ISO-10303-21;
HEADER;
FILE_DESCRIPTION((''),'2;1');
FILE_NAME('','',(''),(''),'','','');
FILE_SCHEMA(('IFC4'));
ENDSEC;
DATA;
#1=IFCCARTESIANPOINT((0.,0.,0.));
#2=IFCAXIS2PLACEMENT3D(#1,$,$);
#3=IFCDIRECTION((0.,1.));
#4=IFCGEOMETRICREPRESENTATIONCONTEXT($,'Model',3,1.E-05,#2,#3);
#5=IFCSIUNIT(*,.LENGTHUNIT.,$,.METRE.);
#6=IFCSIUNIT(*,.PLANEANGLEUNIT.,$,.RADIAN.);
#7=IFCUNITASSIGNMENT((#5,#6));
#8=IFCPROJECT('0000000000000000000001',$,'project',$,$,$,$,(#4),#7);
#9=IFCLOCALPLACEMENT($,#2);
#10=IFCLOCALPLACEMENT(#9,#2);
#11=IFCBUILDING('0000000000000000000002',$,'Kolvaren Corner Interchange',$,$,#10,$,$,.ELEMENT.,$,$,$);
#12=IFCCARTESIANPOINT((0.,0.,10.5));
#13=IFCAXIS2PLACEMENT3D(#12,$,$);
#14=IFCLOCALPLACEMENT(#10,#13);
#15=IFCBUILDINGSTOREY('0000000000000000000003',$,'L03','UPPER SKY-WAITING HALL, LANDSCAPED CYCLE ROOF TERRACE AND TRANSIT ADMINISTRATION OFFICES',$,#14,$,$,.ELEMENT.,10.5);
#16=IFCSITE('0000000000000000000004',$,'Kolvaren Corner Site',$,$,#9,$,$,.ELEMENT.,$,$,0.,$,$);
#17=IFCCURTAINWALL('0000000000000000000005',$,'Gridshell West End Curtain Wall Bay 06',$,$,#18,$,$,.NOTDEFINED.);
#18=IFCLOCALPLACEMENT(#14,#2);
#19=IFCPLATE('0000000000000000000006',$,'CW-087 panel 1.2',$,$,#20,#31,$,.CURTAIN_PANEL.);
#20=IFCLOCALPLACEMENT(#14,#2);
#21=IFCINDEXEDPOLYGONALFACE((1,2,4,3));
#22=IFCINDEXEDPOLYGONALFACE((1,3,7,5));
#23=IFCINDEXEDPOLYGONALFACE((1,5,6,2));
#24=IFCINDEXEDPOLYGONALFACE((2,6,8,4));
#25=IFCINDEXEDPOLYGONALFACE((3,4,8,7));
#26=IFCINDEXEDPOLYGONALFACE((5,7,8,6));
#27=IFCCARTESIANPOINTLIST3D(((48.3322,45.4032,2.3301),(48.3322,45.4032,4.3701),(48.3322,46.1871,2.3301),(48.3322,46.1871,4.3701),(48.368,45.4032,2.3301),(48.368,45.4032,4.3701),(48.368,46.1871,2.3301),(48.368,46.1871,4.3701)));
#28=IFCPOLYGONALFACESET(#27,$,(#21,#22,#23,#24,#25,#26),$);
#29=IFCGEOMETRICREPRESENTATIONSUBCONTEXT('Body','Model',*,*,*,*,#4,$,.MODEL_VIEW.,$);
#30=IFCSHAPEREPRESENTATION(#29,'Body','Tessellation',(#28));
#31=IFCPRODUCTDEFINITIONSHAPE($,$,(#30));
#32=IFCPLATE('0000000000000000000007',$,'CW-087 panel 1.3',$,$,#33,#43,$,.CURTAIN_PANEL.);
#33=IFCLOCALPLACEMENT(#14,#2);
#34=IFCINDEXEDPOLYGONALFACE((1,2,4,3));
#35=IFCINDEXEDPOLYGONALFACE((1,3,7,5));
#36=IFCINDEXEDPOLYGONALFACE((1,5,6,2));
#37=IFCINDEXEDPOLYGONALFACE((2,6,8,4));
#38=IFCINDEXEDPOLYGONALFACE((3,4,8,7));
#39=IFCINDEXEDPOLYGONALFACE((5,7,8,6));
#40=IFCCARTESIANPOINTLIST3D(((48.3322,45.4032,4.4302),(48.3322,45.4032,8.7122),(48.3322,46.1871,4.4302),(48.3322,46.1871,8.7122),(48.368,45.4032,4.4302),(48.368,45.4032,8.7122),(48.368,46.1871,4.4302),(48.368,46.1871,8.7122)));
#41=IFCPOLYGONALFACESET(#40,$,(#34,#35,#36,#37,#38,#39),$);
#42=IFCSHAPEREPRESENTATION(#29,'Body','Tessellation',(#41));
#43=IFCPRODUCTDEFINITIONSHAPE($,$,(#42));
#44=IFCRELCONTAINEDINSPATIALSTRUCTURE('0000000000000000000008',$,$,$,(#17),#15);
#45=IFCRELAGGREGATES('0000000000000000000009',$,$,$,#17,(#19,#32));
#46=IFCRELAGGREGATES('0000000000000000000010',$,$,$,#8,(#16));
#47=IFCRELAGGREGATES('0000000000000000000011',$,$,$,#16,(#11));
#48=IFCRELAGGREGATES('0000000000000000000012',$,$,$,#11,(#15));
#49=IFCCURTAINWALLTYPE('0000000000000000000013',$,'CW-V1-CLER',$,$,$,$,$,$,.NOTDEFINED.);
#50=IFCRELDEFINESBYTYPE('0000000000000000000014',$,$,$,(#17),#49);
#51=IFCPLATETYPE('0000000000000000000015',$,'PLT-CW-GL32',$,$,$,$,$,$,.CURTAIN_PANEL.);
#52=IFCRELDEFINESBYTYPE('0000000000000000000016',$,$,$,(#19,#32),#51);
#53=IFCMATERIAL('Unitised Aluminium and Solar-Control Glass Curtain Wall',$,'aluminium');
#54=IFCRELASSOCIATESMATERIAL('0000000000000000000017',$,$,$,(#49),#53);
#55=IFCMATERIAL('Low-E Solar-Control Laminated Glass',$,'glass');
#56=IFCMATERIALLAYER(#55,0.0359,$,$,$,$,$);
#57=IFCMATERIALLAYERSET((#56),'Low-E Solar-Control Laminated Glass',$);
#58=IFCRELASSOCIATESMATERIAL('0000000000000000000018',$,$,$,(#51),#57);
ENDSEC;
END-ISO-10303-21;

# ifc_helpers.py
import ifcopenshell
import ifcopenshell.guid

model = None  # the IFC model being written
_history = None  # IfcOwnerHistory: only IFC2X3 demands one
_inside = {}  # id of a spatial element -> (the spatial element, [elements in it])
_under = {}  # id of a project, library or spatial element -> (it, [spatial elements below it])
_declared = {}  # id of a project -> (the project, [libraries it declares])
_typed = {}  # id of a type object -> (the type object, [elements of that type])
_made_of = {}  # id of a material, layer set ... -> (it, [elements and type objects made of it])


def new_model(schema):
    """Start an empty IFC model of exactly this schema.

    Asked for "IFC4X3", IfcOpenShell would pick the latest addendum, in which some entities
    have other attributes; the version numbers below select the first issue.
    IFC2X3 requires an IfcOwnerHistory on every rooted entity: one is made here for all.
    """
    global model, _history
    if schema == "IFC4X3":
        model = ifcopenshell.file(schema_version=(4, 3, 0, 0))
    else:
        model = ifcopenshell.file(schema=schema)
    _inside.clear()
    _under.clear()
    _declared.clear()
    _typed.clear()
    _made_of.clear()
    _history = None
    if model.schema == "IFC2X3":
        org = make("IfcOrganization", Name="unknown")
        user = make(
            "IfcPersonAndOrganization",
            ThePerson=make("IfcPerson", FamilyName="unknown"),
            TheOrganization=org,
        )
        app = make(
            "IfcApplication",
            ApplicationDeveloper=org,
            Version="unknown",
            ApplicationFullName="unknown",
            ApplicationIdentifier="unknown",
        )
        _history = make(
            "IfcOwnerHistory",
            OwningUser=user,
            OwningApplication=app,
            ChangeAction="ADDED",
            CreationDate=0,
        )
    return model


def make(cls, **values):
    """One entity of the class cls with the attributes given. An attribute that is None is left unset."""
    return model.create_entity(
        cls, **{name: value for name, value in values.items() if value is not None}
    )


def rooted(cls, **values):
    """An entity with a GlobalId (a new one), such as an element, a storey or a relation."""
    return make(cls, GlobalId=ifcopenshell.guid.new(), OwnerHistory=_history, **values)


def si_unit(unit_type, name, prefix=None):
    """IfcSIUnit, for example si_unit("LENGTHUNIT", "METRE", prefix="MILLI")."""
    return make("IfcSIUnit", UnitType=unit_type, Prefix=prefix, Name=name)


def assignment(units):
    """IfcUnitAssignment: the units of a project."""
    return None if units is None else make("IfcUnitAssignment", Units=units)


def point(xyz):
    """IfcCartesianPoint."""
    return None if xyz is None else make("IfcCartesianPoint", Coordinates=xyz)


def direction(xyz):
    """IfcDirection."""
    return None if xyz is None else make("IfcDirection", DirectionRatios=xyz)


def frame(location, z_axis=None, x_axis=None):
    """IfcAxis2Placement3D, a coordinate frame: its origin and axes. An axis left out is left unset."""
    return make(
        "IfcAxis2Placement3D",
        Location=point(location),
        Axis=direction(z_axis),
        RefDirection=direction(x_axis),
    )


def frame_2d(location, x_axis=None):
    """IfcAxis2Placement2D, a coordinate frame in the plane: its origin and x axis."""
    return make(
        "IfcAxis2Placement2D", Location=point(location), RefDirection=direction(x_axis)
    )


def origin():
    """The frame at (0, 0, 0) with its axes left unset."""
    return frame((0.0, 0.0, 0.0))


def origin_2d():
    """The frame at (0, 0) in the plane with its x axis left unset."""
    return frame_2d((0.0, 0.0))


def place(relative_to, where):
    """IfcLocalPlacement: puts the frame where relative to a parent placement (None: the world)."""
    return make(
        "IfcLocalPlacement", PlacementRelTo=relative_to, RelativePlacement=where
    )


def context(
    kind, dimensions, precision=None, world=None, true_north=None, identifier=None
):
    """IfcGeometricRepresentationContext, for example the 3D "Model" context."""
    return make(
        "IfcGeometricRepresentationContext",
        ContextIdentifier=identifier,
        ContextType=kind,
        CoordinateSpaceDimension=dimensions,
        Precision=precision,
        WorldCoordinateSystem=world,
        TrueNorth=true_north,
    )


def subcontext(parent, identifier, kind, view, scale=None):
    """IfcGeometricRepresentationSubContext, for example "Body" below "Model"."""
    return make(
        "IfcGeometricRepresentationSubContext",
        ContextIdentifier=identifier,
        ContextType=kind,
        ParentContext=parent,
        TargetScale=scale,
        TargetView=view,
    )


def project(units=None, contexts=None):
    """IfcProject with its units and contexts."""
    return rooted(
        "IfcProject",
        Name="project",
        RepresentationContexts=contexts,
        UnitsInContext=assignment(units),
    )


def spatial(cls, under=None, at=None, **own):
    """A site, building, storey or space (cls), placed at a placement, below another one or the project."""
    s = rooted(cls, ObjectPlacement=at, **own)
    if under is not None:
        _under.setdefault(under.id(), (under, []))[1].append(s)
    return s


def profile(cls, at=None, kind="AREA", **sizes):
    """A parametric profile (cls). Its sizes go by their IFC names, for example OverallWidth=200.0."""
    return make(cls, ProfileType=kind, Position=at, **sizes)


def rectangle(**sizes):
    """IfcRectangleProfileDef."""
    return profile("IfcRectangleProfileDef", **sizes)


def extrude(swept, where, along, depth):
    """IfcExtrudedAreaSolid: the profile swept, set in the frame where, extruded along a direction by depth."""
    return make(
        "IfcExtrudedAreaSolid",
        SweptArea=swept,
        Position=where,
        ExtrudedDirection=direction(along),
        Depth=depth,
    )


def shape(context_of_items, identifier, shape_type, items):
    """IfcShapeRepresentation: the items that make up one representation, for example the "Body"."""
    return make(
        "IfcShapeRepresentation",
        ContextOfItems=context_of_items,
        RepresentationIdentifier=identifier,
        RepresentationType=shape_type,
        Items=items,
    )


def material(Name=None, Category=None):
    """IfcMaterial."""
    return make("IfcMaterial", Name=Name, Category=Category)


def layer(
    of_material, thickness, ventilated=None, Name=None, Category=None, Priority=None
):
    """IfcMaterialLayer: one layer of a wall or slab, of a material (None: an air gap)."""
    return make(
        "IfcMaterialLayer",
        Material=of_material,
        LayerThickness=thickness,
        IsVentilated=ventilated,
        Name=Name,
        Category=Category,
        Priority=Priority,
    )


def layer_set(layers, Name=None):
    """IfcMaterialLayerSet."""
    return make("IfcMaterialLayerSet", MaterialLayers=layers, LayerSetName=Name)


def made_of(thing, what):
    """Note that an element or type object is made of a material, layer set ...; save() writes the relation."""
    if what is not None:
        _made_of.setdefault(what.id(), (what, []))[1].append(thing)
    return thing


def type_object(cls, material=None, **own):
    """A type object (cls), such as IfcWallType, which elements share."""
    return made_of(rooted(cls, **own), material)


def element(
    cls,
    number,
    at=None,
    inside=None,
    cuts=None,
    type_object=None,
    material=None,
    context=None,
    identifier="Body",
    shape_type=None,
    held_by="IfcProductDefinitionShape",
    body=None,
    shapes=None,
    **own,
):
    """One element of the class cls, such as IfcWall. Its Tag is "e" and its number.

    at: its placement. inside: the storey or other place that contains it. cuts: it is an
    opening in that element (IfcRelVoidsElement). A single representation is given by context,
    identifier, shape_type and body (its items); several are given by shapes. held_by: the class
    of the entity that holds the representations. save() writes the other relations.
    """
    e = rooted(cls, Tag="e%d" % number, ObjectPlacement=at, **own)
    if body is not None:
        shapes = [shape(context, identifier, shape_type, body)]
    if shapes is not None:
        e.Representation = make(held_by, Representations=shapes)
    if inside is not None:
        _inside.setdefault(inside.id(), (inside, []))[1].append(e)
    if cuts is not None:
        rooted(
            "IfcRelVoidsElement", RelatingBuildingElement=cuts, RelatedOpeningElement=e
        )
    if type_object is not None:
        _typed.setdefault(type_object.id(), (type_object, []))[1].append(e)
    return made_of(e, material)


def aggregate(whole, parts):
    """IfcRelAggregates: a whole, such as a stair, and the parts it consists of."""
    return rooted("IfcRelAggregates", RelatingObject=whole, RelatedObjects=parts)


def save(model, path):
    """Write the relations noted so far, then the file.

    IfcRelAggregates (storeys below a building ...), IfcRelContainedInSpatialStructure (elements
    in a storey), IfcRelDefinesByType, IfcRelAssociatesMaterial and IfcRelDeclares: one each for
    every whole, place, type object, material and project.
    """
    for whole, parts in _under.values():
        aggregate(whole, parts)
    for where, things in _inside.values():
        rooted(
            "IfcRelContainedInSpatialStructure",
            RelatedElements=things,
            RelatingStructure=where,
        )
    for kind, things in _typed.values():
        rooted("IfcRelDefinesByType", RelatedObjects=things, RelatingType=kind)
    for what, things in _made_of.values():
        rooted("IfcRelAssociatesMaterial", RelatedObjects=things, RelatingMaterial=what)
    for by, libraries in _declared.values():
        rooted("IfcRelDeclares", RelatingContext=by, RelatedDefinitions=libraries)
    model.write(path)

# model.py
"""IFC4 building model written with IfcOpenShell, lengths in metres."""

from ifc_helpers import new_model, si_unit, direction, frame, origin, origin_2d, place, context, subcontext, project, spatial, rectangle, extrude, material, layer, layer_set, type_object, element, aggregate, save


model = new_model("IFC4")

# Units and contexts
model_context = context("Model", 3, precision=1e-05, world=origin(), true_north=direction((0.0, 1.0)))
body_context = subcontext(model_context, "Body", "Model", "MODEL_VIEW")
ifc_project = project(units=[si_unit("LENGTHUNIT", "METRE"), si_unit("PLANEANGLEUNIT", "RADIAN")], contexts=[model_context])

# Site, building, storey
site_placement = place(None, origin())
site = spatial("IfcSite", under=ifc_project, at=site_placement, Name="Kolvaren Corner Site", CompositionType="ELEMENT", RefElevation=0.0)
building_placement = place(site_placement, origin())
building = spatial("IfcBuilding", under=site, at=building_placement, Name="Kolvaren Corner Interchange", CompositionType="ELEMENT")
storey_placement = place(building_placement, frame((0.0, 0.0, 10.5)))
storey = spatial("IfcBuildingStorey", under=building, at=storey_placement, Name="L03", Description="UPPER SKY-WAITING HALL, LANDSCAPED CYCLE ROOF TERRACE AND TRANSIT ADMINISTRATION OFFICES", CompositionType="ELEMENT", Elevation=10.5)

# Curtain wall, plates
ifc_material_1 = material(Name="Unitised Aluminium and Solar-Control Glass Curtain Wall", Category="aluminium")
curtain_wall_type = type_object("IfcCurtainWallType", Name="CW-V1-CLER", PredefinedType="NOTDEFINED", material=ifc_material_1)
curtain_wall_placement = place(storey_placement, origin())
curtain_wall = element("IfcCurtainWall", 1, at=curtain_wall_placement, inside=storey, type_object=curtain_wall_type, Name="Gridshell West End Curtain Wall Bay 06", PredefinedType="NOTDEFINED")
ifc_material_2 = material(Name="Low-E Solar-Control Laminated Glass", Category="glass")
ifc_layer = layer(ifc_material_2, 0.0359)
ifc_layer_set = layer_set([ifc_layer], Name="Low-E Solar-Control Laminated Glass")
plate_type = type_object("IfcPlateType", Name="PLT-CW-GL32", PredefinedType="CURTAIN_PANEL", material=ifc_layer_set)
plate_1_placement = place(storey_placement, frame((48.3501, 45.7952, 2.3301), z_axis=(0.0, 0.0, 1.0), x_axis=(0.0, 1.0, 0.0)))
plate_1 = element("IfcPlate", 2, at=plate_1_placement, type_object=plate_type, Name="CW-087 panel 1.2", PredefinedType="CURTAIN_PANEL", context=body_context, shape_type="SweptSolid", body=[
    extrude(rectangle(XDim=0.7839, YDim=0.0359, at=origin_2d()), origin(), (0.0, 0.0, 1.0), 2.04),
])
plate_2_placement = place(storey_placement, frame((48.3501, 45.7952, 4.4302), z_axis=(0.0, 0.0, 1.0), x_axis=(0.0, 1.0, 0.0)))
plate_2 = element("IfcPlate", 3, at=plate_2_placement, type_object=plate_type, Name="CW-087 panel 1.3", PredefinedType="CURTAIN_PANEL", context=body_context, shape_type="SweptSolid", body=[
    extrude(rectangle(XDim=0.7839, YDim=0.0359, at=origin_2d()), origin(), (0.0, 0.0, 1.0), 4.282),
])
aggregate(curtain_wall, [plate_1, plate_2])

save(model, "model.ifc")
